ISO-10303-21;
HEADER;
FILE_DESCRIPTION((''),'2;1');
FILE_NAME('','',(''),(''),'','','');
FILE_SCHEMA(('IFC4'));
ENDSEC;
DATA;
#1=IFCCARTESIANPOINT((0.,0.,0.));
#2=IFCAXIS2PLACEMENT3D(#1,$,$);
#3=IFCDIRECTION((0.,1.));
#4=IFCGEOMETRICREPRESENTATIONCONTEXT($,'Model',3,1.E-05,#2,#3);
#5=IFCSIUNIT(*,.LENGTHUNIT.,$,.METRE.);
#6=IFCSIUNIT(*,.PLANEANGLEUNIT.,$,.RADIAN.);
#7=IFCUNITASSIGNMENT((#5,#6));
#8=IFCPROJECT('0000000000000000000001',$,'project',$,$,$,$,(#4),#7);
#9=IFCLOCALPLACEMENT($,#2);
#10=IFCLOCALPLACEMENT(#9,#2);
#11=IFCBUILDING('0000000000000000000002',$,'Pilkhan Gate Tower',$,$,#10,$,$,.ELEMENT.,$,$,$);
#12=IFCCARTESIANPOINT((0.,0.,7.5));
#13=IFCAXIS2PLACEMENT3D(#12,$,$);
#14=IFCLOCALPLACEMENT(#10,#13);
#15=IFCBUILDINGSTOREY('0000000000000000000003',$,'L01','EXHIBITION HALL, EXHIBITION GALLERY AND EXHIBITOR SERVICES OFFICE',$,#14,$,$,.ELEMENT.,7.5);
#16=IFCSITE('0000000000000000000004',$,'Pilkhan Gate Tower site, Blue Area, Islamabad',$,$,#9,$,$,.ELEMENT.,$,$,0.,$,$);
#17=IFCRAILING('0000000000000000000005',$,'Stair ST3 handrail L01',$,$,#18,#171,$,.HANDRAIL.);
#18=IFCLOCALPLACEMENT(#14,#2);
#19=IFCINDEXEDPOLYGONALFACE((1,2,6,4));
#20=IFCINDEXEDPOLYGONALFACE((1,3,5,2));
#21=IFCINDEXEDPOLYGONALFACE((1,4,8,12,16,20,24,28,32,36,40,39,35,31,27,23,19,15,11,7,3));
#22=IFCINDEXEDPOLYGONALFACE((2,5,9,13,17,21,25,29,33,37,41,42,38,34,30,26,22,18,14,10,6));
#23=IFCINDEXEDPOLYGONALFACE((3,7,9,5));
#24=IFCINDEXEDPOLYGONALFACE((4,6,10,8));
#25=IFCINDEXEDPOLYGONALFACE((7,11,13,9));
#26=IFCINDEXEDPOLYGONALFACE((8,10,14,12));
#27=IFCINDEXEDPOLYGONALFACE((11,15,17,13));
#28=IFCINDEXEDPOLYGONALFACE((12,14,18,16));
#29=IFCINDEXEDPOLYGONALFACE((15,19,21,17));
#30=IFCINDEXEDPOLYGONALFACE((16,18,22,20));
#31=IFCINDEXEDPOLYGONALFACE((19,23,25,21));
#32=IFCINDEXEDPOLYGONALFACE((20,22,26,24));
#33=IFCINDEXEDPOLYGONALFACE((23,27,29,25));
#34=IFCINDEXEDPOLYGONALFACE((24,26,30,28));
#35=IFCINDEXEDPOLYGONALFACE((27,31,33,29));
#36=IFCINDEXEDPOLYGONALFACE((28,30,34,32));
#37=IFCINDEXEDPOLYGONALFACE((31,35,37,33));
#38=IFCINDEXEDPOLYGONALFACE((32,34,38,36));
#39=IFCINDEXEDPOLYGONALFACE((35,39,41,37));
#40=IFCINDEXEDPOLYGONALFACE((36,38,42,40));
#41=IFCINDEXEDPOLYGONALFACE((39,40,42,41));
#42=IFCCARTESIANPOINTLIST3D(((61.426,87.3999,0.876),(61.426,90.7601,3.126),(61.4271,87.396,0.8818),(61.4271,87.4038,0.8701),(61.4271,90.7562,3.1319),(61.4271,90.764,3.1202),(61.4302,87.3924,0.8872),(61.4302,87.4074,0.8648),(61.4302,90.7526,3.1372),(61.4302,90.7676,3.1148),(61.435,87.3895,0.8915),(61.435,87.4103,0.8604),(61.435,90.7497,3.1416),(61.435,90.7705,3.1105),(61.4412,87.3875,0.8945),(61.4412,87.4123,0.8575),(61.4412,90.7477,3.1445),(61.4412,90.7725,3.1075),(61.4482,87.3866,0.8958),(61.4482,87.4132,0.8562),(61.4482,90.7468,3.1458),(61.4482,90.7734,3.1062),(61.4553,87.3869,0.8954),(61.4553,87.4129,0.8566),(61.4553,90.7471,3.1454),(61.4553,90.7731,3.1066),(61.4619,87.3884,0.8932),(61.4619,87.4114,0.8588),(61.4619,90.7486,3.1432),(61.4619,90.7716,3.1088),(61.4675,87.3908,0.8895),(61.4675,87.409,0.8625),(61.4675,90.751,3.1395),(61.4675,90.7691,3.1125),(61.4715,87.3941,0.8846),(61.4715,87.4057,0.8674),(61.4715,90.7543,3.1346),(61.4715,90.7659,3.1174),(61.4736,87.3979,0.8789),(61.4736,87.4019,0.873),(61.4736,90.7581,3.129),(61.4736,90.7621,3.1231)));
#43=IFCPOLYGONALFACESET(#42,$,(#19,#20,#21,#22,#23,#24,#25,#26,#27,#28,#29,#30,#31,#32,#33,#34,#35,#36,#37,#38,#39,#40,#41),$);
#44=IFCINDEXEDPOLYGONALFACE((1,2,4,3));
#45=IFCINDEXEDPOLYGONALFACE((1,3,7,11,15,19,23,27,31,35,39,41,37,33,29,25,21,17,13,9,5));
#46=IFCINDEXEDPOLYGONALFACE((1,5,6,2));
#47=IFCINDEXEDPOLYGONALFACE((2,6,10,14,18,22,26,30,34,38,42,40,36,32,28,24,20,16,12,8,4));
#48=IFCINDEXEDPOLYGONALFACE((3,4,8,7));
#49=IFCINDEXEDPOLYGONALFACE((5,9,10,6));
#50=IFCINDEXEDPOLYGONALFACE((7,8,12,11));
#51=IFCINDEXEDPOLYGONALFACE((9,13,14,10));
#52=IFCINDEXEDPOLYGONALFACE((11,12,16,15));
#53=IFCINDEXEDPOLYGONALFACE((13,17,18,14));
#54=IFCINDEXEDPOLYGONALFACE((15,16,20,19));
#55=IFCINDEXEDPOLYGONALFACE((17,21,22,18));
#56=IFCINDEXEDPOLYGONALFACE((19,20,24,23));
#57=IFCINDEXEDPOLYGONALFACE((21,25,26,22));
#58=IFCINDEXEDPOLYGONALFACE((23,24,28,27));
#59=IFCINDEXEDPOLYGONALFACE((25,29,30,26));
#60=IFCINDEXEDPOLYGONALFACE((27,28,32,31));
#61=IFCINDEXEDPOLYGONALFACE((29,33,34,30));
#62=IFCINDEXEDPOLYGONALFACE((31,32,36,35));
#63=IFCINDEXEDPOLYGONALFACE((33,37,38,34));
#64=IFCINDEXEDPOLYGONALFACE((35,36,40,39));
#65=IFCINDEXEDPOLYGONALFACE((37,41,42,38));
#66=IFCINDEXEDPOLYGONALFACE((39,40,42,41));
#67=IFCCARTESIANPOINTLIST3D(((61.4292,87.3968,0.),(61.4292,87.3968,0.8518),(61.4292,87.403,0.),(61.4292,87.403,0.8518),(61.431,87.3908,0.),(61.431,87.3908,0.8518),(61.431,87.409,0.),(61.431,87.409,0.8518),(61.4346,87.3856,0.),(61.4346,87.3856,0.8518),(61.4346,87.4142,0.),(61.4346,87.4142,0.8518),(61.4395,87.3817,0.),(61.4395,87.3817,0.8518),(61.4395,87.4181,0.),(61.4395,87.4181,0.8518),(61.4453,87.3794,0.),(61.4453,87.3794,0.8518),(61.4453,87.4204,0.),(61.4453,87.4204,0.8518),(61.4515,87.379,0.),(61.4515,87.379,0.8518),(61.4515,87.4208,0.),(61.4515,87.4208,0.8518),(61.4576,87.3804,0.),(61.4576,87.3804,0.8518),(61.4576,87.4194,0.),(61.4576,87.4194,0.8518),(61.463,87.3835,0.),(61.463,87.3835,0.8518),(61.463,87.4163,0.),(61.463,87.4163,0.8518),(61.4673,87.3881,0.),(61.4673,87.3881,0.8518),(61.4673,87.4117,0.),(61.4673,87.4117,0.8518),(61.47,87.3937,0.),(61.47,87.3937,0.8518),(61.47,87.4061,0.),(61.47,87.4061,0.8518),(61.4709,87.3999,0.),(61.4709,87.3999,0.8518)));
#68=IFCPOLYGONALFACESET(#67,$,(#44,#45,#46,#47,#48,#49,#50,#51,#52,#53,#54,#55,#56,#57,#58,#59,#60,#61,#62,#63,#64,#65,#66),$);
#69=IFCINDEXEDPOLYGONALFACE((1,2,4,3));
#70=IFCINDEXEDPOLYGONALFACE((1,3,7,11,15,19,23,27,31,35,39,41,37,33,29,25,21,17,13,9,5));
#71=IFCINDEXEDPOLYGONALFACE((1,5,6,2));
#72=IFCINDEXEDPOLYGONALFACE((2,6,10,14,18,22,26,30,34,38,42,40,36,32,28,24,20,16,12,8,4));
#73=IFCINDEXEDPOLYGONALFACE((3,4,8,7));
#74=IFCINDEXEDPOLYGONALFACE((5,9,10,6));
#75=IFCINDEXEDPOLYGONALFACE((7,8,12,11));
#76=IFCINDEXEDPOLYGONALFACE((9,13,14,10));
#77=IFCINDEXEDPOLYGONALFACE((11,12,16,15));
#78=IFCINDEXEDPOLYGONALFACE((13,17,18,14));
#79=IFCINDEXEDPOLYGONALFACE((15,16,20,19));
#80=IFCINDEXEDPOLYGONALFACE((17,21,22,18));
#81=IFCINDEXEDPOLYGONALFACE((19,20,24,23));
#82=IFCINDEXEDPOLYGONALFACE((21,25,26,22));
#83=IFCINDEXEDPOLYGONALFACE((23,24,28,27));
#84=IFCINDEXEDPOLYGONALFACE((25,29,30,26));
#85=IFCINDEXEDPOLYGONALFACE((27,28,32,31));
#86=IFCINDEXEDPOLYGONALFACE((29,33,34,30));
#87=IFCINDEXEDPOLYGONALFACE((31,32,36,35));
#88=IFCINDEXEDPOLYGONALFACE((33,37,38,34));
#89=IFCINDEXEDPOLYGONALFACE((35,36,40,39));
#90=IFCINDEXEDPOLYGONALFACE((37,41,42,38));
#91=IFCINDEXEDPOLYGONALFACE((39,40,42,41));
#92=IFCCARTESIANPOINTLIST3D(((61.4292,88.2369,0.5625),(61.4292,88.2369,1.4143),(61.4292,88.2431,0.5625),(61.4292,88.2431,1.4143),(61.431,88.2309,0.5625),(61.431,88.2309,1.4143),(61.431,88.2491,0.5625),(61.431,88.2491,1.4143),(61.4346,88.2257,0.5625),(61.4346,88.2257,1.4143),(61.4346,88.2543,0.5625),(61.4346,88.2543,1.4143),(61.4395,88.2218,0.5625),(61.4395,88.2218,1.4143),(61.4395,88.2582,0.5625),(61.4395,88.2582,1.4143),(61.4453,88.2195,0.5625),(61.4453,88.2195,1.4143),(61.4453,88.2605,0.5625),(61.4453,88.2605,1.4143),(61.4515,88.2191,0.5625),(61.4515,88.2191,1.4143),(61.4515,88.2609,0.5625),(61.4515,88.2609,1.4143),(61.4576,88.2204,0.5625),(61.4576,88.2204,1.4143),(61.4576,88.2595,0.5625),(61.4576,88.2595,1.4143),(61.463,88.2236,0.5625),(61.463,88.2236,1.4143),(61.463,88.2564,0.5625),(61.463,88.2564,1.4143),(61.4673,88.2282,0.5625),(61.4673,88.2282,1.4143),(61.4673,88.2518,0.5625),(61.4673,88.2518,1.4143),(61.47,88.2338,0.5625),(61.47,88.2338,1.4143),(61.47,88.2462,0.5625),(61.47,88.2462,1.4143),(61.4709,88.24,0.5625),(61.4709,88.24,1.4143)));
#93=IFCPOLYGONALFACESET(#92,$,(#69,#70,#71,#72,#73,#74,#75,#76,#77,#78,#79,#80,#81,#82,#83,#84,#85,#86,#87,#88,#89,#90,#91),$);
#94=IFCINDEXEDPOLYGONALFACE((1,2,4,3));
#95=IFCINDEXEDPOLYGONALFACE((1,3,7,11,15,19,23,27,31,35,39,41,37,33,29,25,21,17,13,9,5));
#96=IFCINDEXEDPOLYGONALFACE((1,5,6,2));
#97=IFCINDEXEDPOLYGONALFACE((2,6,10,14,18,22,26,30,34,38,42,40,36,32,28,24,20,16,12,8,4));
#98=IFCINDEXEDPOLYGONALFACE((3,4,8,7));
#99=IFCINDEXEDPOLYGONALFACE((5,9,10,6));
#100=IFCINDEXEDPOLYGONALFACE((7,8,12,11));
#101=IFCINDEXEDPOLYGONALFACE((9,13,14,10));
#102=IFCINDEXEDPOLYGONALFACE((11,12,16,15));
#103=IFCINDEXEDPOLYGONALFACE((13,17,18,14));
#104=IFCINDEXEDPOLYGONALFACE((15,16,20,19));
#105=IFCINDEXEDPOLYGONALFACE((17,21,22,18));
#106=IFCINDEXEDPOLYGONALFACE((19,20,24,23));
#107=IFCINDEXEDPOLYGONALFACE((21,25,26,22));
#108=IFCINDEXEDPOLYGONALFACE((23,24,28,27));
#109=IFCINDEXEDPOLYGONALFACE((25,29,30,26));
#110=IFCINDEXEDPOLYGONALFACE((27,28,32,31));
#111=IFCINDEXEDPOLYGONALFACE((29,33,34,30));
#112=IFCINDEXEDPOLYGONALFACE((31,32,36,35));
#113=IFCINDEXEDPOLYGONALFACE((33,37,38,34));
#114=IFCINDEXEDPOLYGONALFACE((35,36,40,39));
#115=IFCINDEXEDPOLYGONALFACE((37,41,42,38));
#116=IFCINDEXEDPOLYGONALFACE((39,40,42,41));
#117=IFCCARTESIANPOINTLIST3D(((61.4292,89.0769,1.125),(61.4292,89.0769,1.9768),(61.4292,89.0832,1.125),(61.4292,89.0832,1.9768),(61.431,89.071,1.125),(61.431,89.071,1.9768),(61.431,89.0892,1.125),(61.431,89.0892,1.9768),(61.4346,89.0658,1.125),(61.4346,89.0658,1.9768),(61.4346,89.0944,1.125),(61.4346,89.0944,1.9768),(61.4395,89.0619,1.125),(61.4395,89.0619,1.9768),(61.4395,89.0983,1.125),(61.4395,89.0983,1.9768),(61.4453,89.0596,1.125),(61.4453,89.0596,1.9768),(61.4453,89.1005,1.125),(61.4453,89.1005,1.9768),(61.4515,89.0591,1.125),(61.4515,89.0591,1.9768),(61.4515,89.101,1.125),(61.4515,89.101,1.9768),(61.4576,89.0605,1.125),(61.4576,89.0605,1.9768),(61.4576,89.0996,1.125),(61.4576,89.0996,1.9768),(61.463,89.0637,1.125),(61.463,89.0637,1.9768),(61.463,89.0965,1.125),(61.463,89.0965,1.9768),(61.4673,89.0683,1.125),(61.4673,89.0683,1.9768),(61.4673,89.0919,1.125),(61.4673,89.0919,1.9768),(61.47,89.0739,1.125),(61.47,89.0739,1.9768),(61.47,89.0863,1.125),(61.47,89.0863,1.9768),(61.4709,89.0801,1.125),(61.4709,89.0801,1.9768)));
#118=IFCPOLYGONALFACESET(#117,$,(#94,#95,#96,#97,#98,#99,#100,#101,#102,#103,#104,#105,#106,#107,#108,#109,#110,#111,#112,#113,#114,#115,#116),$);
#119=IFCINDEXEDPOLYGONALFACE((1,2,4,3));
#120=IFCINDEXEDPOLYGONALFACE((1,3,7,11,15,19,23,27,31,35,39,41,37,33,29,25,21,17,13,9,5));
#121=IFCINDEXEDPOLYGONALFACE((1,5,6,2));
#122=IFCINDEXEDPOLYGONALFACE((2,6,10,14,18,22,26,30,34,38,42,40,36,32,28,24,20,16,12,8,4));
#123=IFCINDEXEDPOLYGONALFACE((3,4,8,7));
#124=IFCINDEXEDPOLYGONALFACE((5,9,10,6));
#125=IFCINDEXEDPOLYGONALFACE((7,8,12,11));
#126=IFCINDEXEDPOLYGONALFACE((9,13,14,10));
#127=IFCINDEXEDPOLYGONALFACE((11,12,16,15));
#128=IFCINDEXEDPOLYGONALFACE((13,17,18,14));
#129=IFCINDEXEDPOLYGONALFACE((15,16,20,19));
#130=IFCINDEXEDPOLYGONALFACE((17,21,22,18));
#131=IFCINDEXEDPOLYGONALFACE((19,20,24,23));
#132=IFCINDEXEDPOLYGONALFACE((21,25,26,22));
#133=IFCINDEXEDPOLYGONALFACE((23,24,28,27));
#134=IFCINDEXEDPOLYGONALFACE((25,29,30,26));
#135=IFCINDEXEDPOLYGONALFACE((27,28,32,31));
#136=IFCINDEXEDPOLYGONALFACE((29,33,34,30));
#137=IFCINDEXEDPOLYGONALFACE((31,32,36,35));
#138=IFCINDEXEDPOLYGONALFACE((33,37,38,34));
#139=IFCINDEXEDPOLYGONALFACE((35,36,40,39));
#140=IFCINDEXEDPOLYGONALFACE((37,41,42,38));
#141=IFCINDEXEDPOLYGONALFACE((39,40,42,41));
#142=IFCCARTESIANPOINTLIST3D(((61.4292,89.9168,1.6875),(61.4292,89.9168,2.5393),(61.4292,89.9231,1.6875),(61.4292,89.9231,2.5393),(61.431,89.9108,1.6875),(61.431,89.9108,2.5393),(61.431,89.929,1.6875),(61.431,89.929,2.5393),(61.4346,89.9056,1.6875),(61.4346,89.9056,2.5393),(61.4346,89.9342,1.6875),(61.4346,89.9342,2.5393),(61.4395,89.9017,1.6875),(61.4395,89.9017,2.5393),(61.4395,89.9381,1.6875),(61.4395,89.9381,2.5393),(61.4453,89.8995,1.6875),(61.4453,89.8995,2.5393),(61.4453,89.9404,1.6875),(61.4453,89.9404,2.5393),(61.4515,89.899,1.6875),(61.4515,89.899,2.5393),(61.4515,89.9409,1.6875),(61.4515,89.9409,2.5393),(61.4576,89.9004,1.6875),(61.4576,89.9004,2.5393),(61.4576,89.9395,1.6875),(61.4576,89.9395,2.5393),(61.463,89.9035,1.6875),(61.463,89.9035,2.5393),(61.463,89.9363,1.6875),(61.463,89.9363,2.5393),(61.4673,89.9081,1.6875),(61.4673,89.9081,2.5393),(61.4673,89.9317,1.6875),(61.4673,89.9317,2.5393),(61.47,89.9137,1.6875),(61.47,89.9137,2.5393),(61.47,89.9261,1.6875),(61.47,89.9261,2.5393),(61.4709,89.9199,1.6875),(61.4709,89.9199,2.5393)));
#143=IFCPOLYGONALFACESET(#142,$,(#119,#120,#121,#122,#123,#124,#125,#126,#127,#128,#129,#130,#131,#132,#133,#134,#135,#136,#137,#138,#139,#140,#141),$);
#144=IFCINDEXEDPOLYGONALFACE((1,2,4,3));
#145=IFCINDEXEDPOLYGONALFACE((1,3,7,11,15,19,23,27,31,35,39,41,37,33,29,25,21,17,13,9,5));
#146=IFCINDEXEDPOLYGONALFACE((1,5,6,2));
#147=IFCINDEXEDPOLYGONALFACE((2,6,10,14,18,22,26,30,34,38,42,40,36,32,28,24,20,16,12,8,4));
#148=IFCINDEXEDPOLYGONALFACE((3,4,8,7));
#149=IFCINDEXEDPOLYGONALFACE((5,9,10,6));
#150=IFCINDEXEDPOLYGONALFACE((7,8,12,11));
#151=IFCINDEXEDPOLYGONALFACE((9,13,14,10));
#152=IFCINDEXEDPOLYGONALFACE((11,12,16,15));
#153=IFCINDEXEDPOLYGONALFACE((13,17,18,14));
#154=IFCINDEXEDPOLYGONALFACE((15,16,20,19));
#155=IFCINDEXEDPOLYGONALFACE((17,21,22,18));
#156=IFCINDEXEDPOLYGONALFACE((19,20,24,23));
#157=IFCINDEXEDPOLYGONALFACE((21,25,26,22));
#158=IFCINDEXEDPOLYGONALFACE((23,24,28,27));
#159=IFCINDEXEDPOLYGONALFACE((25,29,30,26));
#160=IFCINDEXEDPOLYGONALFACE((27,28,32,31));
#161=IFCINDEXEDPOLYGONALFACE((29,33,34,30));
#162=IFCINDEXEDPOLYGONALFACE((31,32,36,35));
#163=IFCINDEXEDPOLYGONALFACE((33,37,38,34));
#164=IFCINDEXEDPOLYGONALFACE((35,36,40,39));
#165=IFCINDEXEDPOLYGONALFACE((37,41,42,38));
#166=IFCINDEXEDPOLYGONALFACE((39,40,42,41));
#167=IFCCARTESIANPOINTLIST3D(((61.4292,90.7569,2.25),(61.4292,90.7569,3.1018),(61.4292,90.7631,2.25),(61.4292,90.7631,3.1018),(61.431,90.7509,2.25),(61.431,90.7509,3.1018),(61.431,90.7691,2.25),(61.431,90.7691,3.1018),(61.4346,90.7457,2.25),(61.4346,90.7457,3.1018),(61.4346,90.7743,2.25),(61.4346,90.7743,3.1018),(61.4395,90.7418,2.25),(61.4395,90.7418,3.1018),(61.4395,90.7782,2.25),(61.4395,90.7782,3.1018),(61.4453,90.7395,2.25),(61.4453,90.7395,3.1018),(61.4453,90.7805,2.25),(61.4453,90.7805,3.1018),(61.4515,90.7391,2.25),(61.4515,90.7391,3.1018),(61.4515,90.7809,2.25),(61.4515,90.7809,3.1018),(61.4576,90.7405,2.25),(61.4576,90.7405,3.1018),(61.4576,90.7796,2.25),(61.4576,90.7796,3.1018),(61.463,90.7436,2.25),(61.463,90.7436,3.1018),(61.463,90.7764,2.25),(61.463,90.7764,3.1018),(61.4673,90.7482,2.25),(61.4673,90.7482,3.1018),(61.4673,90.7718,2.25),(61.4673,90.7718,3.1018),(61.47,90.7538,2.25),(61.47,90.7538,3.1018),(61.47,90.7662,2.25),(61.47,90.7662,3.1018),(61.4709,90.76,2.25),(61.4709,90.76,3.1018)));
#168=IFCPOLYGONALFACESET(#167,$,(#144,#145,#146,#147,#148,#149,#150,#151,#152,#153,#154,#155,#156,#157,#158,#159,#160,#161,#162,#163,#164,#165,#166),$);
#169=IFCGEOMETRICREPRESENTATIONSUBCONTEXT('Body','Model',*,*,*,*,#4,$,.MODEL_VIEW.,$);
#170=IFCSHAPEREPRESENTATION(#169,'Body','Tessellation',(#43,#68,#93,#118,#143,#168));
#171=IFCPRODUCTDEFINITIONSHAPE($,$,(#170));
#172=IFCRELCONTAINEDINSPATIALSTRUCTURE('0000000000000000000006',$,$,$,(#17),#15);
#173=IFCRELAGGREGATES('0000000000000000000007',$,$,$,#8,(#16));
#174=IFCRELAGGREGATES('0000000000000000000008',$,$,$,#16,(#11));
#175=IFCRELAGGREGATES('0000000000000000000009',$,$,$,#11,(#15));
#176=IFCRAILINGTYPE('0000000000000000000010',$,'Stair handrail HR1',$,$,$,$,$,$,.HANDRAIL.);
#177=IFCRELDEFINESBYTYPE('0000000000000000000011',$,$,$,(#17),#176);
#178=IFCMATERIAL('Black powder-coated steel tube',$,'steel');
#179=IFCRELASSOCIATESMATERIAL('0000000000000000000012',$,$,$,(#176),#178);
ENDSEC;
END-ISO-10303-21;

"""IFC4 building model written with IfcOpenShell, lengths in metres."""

from ifc_helpers import new_model, si_unit, direction, frame, origin, origin_2d, place, context, subcontext, project, spatial, circle, extrude, material, type_object, element, save


model = new_model("IFC4")

# Units and contexts
model_context = context("Model", 3, precision=1e-05, world=origin(), true_north=direction((0.0, 1.0)))
body_context = subcontext(model_context, "Body", "Model", "MODEL_VIEW")
ifc_project = project(units=[si_unit("LENGTHUNIT", "METRE"), si_unit("PLANEANGLEUNIT", "RADIAN")], contexts=[model_context])

# Site, building, storey
site_placement = place(None, origin())
site = spatial("IfcSite", under=ifc_project, at=site_placement, Name="Pilkhan Gate Tower site, Blue Area, Islamabad", CompositionType="ELEMENT", RefElevation=0.0)
building_placement = place(site_placement, origin())
building = spatial("IfcBuilding", under=site, at=building_placement, Name="Pilkhan Gate Tower", CompositionType="ELEMENT")
storey_placement = place(building_placement, frame((0.0, 0.0, 7.5)))
storey = spatial("IfcBuildingStorey", under=building, at=storey_placement, Name="L01", Description="EXHIBITION HALL, EXHIBITION GALLERY AND EXHIBITOR SERVICES OFFICE", CompositionType="ELEMENT", Elevation=7.5)

# Railing
ifc_material_1 = material(Name="Black powder-coated steel tube", Category="steel")
railing_type_1 = type_object("IfcRailingType", Name="Stair handrail HR1", PredefinedType="HANDRAIL", material=ifc_material_1)
railing_placement = place(storey_placement, frame((61.45, 87.3999, 0.0)))
element("IfcRailing", 1, at=railing_placement, inside=storey, type_object=railing_type_1, Name="Stair ST3 handrail L01", PredefinedType="HANDRAIL", context=body_context, shape_type="SweptSolid", body=[
    extrude(circle(Radius=0.0239, at=origin_2d()), frame((0.0, 0.0, 0.876), z_axis=(0.0, 0.830915, 0.556399), x_axis=(-1.0, 0.0, 0.0)), (0.0, 0.0, 1.0), 4.0439),
    extrude(circle(Radius=0.021, at=origin_2d()), origin(), (0.0, 0.0, 1.0), 0.8518),
    extrude(circle(Radius=0.021, at=origin_2d()), frame((0.0, 0.8401, 0.5625)), (0.0, 0.0, 1.0), 0.8518),
    extrude(circle(Radius=0.021, at=origin_2d()), frame((0.0, 1.6802, 1.125)), (0.0, 0.0, 1.0), 0.8518),
    extrude(circle(Radius=0.021, at=origin_2d()), frame((0.0, 2.52, 1.6875)), (0.0, 0.0, 1.0), 0.8518),
    extrude(circle(Radius=0.021, at=origin_2d()), frame((0.0, 3.3601, 2.25)), (0.0, 0.0, 1.0), 0.8518),
])

save(model, "model.ifc")
